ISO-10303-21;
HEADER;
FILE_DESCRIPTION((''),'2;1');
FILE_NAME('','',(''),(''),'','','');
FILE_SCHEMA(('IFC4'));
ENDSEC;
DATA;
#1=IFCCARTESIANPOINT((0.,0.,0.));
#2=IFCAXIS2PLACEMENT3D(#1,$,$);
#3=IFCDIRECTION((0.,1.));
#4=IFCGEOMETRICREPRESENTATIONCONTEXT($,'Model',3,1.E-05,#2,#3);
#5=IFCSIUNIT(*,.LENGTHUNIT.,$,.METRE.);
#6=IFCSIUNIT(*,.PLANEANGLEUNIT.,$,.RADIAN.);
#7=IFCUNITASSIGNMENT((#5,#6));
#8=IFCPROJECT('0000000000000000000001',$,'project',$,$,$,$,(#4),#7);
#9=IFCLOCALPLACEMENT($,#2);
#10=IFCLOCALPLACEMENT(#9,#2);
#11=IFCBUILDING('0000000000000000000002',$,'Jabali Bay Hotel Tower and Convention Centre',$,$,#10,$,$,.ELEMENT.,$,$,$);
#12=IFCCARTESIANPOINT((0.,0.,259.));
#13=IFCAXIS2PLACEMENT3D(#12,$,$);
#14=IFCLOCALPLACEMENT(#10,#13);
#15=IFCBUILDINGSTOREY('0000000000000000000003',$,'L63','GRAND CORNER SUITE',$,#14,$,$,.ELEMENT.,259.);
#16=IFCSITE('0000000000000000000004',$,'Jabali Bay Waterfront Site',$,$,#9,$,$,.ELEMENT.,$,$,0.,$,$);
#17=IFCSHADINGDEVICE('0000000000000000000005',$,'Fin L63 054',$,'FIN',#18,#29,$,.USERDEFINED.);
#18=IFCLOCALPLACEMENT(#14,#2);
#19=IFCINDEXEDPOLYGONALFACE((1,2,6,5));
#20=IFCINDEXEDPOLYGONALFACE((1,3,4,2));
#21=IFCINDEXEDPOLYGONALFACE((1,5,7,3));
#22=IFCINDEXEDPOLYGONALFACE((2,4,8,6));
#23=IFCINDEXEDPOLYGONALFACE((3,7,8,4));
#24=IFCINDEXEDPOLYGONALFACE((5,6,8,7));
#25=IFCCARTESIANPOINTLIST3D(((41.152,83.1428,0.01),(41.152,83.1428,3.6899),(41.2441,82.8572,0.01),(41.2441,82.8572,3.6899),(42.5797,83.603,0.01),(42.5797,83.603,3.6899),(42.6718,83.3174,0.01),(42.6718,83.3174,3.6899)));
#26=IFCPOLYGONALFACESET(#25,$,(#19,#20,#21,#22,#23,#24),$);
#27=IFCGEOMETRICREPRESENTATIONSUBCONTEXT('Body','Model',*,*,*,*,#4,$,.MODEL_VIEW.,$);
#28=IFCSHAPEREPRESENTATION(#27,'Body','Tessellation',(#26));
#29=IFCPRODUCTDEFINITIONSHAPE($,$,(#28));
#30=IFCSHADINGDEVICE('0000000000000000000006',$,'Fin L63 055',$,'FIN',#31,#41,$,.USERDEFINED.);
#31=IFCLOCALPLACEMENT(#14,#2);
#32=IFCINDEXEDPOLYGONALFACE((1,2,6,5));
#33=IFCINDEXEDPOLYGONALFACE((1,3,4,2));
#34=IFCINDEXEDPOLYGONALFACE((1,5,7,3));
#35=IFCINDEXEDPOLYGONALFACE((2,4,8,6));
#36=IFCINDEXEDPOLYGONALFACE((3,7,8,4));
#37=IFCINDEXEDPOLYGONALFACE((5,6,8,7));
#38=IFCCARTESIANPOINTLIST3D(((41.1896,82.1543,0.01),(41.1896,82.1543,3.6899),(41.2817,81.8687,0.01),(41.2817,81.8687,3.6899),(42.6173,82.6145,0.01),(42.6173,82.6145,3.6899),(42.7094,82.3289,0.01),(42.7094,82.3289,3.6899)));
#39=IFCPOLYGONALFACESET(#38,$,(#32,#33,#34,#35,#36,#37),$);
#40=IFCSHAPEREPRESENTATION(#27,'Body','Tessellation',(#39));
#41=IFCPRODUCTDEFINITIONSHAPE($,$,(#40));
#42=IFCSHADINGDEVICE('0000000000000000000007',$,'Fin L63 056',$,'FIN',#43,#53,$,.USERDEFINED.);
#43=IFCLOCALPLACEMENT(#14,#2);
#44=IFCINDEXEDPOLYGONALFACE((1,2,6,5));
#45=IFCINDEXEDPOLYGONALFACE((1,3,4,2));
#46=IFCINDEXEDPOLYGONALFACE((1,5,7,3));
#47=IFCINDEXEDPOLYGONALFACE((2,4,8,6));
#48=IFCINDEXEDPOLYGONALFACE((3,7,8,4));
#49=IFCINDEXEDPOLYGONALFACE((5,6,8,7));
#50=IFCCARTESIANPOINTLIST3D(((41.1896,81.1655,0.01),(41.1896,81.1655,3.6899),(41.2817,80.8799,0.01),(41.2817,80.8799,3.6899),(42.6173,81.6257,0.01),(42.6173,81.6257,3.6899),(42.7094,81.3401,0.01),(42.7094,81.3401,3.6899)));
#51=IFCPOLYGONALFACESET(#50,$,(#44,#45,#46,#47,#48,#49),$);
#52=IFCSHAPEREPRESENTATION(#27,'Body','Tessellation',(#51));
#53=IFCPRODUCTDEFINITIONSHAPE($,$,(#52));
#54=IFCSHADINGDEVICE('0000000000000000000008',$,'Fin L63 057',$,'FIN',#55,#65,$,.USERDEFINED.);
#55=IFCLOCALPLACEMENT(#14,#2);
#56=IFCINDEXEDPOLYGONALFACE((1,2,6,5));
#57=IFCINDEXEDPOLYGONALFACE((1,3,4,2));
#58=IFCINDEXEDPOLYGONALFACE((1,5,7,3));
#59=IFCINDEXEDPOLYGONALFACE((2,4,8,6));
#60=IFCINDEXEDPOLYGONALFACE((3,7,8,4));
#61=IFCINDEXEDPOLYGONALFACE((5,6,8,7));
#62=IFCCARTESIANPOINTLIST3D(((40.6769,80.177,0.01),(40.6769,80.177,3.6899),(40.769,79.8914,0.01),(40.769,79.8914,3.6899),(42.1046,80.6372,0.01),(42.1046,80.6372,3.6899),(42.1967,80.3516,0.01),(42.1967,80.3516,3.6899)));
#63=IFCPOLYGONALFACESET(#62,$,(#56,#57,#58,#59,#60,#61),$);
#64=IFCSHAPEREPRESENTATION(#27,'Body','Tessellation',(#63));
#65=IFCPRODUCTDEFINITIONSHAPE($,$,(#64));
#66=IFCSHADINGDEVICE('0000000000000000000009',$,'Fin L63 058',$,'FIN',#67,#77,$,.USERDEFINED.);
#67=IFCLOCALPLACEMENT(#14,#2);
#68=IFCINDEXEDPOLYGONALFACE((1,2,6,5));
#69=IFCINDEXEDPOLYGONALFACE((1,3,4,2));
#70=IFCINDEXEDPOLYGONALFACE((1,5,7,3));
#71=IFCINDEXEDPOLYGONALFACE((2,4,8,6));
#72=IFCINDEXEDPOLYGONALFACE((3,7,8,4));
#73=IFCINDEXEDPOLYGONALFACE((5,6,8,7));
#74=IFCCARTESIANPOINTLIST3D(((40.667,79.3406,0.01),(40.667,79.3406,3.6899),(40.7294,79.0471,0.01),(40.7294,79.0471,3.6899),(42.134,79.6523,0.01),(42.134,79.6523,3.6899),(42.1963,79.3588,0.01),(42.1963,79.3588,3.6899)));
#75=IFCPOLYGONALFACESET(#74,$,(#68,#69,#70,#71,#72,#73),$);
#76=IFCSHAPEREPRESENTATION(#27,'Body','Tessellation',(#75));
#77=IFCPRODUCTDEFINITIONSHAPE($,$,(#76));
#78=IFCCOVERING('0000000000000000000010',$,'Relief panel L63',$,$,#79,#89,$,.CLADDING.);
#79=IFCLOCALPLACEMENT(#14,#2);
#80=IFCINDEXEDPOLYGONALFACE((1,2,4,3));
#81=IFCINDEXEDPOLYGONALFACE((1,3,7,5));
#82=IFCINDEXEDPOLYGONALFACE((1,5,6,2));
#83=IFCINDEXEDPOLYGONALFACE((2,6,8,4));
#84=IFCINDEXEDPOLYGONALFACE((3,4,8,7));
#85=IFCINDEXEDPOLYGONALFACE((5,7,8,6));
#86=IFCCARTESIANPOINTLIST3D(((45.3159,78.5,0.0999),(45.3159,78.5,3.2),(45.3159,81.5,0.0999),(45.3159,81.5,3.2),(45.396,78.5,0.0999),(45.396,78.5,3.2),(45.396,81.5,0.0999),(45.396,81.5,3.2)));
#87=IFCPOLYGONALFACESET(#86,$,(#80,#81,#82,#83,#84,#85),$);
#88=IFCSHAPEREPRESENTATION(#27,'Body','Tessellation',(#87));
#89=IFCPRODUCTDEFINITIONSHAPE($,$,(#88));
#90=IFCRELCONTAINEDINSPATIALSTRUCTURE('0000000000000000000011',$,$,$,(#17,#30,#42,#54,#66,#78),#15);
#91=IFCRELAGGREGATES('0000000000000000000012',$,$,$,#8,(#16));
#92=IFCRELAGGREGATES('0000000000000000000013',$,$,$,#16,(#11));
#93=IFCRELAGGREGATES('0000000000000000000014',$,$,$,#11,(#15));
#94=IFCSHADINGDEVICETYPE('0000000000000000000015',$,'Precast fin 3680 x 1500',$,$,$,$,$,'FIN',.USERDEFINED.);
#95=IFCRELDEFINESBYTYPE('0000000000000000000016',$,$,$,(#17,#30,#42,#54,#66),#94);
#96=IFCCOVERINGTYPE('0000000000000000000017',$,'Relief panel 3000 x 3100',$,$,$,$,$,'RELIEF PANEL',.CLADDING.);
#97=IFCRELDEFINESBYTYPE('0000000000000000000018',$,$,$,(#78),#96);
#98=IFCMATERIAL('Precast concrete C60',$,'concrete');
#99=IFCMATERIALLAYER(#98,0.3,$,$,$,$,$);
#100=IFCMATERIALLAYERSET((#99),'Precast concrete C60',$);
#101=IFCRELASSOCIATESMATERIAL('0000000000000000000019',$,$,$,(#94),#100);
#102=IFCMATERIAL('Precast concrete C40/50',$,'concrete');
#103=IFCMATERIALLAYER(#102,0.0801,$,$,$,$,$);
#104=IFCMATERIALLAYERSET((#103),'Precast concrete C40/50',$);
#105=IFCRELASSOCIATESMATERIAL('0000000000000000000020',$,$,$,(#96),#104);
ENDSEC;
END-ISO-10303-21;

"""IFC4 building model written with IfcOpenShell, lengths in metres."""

from ifc_helpers import new_model, si_unit, direction, frame, frame_2d, origin, origin_2d, place, context, subcontext, project, spatial, rectangle, extrude, material, layer, layer_set, type_object, element, save


model = new_model("IFC4")

# Units and contexts
model_context = context("Model", 3, precision=1e-05, world=origin(), true_north=direction((0.0, 1.0)))
body_context = subcontext(model_context, "Body", "Model", "MODEL_VIEW")
ifc_project = project(units=[si_unit("LENGTHUNIT", "METRE"), si_unit("PLANEANGLEUNIT", "RADIAN")], contexts=[model_context])

# Site, building, storey
site_placement = place(None, origin())
site = spatial("IfcSite", under=ifc_project, at=site_placement, Name="Jabali Bay Waterfront Site", CompositionType="ELEMENT", RefElevation=0.0)
building_placement = place(site_placement, origin())
building = spatial("IfcBuilding", under=site, at=building_placement, Name="Jabali Bay Hotel Tower and Convention Centre", CompositionType="ELEMENT")
storey_placement = place(building_placement, frame((0.0, 0.0, 259.0)))
storey = spatial("IfcBuildingStorey", under=building, at=storey_placement, Name="L63", Description="GRAND CORNER SUITE", CompositionType="ELEMENT", Elevation=259.0)

# Shading devices
ifc_material_1 = material(Name="Precast concrete C60", Category="concrete")
ifc_layer_1 = layer(ifc_material_1, 0.3)
ifc_layer_set_1 = layer_set([ifc_layer_1], Name="Precast concrete C60")
shading_device_type_1 = type_object("IfcShadingDeviceType", Name="Precast fin 3680 x 1500", ElementType="FIN", PredefinedType="USERDEFINED", material=ifc_layer_set_1)
for number, where, z_axis, x_axis, name in (
    (1, (42.6257, 83.4602, 0.01), (0.0, 0.0, 1.0), (-0.951778, -0.306789, 0.0), "Fin L63 054"),
    (2, (42.6633, 82.4717, 0.01), (0.0, 0.0, 1.0), (-0.951778, -0.306789, 0.0), "Fin L63 055"),
    (3, (42.6633, 81.4829, 0.01), (0.0, 0.0, 1.0), (-0.951778, -0.306789, 0.0), "Fin L63 056"),
    (4, (42.1506, 80.4944, 0.01), (0.0, 0.0, 1.0), (-0.951778, -0.306789, 0.0), "Fin L63 057"),
):
    element("IfcShadingDevice", number, at=place(storey_placement, frame(where, z_axis=z_axis, x_axis=x_axis)), inside=storey, type_object=shading_device_type_1, Name=name, ObjectType="FIN", PredefinedType="USERDEFINED", context=body_context, shape_type="SweptSolid", body=[
        extrude(rectangle(XDim=1.5, YDim=0.3, at=frame_2d((0.75, 0.0))), origin(), (0.0, 0.0, 1.0), 3.6799),
    ])
shading_device_1_placement = place(storey_placement, frame((42.1653, 79.5056, 0.01), z_axis=(0.0, 0.0, 1.0), x_axis=(-0.978156, -0.207872, 0.0)))
element("IfcShadingDevice", 5, at=shading_device_1_placement, inside=storey, type_object=shading_device_type_1, Name="Fin L63 058", ObjectType="FIN", PredefinedType="USERDEFINED", context=body_context, shape_type="SweptSolid", body=[
    extrude(rectangle(XDim=1.4998, YDim=0.3, at=frame_2d((0.75, 0.0))), origin(), (0.0, 0.0, 1.0), 3.6799),
])

# Covering
ifc_material_2 = material(Name="Precast concrete C40/50", Category="concrete")
ifc_layer_2 = layer(ifc_material_2, 0.0801)
ifc_layer_set_2 = layer_set([ifc_layer_2], Name="Precast concrete C40/50")
covering_type = type_object("IfcCoveringType", Name="Relief panel 3000 x 3100", ElementType="RELIEF PANEL", PredefinedType="CLADDING", material=ifc_layer_set_2)
covering_placement = place(storey_placement, frame((45.356, 80.0, 0.0999), z_axis=(0.0, 0.0, 1.0), x_axis=(0.0, 1.0, 0.0)))
element("IfcCovering", 6, at=covering_placement, inside=storey, type_object=covering_type, Name="Relief panel L63", PredefinedType="CLADDING", context=body_context, shape_type="SweptSolid", body=[
    extrude(rectangle(XDim=3.0, YDim=0.0801, at=origin_2d()), origin(), (0.0, 0.0, 1.0), 3.1001),
])

save(model, "model.ifc")
